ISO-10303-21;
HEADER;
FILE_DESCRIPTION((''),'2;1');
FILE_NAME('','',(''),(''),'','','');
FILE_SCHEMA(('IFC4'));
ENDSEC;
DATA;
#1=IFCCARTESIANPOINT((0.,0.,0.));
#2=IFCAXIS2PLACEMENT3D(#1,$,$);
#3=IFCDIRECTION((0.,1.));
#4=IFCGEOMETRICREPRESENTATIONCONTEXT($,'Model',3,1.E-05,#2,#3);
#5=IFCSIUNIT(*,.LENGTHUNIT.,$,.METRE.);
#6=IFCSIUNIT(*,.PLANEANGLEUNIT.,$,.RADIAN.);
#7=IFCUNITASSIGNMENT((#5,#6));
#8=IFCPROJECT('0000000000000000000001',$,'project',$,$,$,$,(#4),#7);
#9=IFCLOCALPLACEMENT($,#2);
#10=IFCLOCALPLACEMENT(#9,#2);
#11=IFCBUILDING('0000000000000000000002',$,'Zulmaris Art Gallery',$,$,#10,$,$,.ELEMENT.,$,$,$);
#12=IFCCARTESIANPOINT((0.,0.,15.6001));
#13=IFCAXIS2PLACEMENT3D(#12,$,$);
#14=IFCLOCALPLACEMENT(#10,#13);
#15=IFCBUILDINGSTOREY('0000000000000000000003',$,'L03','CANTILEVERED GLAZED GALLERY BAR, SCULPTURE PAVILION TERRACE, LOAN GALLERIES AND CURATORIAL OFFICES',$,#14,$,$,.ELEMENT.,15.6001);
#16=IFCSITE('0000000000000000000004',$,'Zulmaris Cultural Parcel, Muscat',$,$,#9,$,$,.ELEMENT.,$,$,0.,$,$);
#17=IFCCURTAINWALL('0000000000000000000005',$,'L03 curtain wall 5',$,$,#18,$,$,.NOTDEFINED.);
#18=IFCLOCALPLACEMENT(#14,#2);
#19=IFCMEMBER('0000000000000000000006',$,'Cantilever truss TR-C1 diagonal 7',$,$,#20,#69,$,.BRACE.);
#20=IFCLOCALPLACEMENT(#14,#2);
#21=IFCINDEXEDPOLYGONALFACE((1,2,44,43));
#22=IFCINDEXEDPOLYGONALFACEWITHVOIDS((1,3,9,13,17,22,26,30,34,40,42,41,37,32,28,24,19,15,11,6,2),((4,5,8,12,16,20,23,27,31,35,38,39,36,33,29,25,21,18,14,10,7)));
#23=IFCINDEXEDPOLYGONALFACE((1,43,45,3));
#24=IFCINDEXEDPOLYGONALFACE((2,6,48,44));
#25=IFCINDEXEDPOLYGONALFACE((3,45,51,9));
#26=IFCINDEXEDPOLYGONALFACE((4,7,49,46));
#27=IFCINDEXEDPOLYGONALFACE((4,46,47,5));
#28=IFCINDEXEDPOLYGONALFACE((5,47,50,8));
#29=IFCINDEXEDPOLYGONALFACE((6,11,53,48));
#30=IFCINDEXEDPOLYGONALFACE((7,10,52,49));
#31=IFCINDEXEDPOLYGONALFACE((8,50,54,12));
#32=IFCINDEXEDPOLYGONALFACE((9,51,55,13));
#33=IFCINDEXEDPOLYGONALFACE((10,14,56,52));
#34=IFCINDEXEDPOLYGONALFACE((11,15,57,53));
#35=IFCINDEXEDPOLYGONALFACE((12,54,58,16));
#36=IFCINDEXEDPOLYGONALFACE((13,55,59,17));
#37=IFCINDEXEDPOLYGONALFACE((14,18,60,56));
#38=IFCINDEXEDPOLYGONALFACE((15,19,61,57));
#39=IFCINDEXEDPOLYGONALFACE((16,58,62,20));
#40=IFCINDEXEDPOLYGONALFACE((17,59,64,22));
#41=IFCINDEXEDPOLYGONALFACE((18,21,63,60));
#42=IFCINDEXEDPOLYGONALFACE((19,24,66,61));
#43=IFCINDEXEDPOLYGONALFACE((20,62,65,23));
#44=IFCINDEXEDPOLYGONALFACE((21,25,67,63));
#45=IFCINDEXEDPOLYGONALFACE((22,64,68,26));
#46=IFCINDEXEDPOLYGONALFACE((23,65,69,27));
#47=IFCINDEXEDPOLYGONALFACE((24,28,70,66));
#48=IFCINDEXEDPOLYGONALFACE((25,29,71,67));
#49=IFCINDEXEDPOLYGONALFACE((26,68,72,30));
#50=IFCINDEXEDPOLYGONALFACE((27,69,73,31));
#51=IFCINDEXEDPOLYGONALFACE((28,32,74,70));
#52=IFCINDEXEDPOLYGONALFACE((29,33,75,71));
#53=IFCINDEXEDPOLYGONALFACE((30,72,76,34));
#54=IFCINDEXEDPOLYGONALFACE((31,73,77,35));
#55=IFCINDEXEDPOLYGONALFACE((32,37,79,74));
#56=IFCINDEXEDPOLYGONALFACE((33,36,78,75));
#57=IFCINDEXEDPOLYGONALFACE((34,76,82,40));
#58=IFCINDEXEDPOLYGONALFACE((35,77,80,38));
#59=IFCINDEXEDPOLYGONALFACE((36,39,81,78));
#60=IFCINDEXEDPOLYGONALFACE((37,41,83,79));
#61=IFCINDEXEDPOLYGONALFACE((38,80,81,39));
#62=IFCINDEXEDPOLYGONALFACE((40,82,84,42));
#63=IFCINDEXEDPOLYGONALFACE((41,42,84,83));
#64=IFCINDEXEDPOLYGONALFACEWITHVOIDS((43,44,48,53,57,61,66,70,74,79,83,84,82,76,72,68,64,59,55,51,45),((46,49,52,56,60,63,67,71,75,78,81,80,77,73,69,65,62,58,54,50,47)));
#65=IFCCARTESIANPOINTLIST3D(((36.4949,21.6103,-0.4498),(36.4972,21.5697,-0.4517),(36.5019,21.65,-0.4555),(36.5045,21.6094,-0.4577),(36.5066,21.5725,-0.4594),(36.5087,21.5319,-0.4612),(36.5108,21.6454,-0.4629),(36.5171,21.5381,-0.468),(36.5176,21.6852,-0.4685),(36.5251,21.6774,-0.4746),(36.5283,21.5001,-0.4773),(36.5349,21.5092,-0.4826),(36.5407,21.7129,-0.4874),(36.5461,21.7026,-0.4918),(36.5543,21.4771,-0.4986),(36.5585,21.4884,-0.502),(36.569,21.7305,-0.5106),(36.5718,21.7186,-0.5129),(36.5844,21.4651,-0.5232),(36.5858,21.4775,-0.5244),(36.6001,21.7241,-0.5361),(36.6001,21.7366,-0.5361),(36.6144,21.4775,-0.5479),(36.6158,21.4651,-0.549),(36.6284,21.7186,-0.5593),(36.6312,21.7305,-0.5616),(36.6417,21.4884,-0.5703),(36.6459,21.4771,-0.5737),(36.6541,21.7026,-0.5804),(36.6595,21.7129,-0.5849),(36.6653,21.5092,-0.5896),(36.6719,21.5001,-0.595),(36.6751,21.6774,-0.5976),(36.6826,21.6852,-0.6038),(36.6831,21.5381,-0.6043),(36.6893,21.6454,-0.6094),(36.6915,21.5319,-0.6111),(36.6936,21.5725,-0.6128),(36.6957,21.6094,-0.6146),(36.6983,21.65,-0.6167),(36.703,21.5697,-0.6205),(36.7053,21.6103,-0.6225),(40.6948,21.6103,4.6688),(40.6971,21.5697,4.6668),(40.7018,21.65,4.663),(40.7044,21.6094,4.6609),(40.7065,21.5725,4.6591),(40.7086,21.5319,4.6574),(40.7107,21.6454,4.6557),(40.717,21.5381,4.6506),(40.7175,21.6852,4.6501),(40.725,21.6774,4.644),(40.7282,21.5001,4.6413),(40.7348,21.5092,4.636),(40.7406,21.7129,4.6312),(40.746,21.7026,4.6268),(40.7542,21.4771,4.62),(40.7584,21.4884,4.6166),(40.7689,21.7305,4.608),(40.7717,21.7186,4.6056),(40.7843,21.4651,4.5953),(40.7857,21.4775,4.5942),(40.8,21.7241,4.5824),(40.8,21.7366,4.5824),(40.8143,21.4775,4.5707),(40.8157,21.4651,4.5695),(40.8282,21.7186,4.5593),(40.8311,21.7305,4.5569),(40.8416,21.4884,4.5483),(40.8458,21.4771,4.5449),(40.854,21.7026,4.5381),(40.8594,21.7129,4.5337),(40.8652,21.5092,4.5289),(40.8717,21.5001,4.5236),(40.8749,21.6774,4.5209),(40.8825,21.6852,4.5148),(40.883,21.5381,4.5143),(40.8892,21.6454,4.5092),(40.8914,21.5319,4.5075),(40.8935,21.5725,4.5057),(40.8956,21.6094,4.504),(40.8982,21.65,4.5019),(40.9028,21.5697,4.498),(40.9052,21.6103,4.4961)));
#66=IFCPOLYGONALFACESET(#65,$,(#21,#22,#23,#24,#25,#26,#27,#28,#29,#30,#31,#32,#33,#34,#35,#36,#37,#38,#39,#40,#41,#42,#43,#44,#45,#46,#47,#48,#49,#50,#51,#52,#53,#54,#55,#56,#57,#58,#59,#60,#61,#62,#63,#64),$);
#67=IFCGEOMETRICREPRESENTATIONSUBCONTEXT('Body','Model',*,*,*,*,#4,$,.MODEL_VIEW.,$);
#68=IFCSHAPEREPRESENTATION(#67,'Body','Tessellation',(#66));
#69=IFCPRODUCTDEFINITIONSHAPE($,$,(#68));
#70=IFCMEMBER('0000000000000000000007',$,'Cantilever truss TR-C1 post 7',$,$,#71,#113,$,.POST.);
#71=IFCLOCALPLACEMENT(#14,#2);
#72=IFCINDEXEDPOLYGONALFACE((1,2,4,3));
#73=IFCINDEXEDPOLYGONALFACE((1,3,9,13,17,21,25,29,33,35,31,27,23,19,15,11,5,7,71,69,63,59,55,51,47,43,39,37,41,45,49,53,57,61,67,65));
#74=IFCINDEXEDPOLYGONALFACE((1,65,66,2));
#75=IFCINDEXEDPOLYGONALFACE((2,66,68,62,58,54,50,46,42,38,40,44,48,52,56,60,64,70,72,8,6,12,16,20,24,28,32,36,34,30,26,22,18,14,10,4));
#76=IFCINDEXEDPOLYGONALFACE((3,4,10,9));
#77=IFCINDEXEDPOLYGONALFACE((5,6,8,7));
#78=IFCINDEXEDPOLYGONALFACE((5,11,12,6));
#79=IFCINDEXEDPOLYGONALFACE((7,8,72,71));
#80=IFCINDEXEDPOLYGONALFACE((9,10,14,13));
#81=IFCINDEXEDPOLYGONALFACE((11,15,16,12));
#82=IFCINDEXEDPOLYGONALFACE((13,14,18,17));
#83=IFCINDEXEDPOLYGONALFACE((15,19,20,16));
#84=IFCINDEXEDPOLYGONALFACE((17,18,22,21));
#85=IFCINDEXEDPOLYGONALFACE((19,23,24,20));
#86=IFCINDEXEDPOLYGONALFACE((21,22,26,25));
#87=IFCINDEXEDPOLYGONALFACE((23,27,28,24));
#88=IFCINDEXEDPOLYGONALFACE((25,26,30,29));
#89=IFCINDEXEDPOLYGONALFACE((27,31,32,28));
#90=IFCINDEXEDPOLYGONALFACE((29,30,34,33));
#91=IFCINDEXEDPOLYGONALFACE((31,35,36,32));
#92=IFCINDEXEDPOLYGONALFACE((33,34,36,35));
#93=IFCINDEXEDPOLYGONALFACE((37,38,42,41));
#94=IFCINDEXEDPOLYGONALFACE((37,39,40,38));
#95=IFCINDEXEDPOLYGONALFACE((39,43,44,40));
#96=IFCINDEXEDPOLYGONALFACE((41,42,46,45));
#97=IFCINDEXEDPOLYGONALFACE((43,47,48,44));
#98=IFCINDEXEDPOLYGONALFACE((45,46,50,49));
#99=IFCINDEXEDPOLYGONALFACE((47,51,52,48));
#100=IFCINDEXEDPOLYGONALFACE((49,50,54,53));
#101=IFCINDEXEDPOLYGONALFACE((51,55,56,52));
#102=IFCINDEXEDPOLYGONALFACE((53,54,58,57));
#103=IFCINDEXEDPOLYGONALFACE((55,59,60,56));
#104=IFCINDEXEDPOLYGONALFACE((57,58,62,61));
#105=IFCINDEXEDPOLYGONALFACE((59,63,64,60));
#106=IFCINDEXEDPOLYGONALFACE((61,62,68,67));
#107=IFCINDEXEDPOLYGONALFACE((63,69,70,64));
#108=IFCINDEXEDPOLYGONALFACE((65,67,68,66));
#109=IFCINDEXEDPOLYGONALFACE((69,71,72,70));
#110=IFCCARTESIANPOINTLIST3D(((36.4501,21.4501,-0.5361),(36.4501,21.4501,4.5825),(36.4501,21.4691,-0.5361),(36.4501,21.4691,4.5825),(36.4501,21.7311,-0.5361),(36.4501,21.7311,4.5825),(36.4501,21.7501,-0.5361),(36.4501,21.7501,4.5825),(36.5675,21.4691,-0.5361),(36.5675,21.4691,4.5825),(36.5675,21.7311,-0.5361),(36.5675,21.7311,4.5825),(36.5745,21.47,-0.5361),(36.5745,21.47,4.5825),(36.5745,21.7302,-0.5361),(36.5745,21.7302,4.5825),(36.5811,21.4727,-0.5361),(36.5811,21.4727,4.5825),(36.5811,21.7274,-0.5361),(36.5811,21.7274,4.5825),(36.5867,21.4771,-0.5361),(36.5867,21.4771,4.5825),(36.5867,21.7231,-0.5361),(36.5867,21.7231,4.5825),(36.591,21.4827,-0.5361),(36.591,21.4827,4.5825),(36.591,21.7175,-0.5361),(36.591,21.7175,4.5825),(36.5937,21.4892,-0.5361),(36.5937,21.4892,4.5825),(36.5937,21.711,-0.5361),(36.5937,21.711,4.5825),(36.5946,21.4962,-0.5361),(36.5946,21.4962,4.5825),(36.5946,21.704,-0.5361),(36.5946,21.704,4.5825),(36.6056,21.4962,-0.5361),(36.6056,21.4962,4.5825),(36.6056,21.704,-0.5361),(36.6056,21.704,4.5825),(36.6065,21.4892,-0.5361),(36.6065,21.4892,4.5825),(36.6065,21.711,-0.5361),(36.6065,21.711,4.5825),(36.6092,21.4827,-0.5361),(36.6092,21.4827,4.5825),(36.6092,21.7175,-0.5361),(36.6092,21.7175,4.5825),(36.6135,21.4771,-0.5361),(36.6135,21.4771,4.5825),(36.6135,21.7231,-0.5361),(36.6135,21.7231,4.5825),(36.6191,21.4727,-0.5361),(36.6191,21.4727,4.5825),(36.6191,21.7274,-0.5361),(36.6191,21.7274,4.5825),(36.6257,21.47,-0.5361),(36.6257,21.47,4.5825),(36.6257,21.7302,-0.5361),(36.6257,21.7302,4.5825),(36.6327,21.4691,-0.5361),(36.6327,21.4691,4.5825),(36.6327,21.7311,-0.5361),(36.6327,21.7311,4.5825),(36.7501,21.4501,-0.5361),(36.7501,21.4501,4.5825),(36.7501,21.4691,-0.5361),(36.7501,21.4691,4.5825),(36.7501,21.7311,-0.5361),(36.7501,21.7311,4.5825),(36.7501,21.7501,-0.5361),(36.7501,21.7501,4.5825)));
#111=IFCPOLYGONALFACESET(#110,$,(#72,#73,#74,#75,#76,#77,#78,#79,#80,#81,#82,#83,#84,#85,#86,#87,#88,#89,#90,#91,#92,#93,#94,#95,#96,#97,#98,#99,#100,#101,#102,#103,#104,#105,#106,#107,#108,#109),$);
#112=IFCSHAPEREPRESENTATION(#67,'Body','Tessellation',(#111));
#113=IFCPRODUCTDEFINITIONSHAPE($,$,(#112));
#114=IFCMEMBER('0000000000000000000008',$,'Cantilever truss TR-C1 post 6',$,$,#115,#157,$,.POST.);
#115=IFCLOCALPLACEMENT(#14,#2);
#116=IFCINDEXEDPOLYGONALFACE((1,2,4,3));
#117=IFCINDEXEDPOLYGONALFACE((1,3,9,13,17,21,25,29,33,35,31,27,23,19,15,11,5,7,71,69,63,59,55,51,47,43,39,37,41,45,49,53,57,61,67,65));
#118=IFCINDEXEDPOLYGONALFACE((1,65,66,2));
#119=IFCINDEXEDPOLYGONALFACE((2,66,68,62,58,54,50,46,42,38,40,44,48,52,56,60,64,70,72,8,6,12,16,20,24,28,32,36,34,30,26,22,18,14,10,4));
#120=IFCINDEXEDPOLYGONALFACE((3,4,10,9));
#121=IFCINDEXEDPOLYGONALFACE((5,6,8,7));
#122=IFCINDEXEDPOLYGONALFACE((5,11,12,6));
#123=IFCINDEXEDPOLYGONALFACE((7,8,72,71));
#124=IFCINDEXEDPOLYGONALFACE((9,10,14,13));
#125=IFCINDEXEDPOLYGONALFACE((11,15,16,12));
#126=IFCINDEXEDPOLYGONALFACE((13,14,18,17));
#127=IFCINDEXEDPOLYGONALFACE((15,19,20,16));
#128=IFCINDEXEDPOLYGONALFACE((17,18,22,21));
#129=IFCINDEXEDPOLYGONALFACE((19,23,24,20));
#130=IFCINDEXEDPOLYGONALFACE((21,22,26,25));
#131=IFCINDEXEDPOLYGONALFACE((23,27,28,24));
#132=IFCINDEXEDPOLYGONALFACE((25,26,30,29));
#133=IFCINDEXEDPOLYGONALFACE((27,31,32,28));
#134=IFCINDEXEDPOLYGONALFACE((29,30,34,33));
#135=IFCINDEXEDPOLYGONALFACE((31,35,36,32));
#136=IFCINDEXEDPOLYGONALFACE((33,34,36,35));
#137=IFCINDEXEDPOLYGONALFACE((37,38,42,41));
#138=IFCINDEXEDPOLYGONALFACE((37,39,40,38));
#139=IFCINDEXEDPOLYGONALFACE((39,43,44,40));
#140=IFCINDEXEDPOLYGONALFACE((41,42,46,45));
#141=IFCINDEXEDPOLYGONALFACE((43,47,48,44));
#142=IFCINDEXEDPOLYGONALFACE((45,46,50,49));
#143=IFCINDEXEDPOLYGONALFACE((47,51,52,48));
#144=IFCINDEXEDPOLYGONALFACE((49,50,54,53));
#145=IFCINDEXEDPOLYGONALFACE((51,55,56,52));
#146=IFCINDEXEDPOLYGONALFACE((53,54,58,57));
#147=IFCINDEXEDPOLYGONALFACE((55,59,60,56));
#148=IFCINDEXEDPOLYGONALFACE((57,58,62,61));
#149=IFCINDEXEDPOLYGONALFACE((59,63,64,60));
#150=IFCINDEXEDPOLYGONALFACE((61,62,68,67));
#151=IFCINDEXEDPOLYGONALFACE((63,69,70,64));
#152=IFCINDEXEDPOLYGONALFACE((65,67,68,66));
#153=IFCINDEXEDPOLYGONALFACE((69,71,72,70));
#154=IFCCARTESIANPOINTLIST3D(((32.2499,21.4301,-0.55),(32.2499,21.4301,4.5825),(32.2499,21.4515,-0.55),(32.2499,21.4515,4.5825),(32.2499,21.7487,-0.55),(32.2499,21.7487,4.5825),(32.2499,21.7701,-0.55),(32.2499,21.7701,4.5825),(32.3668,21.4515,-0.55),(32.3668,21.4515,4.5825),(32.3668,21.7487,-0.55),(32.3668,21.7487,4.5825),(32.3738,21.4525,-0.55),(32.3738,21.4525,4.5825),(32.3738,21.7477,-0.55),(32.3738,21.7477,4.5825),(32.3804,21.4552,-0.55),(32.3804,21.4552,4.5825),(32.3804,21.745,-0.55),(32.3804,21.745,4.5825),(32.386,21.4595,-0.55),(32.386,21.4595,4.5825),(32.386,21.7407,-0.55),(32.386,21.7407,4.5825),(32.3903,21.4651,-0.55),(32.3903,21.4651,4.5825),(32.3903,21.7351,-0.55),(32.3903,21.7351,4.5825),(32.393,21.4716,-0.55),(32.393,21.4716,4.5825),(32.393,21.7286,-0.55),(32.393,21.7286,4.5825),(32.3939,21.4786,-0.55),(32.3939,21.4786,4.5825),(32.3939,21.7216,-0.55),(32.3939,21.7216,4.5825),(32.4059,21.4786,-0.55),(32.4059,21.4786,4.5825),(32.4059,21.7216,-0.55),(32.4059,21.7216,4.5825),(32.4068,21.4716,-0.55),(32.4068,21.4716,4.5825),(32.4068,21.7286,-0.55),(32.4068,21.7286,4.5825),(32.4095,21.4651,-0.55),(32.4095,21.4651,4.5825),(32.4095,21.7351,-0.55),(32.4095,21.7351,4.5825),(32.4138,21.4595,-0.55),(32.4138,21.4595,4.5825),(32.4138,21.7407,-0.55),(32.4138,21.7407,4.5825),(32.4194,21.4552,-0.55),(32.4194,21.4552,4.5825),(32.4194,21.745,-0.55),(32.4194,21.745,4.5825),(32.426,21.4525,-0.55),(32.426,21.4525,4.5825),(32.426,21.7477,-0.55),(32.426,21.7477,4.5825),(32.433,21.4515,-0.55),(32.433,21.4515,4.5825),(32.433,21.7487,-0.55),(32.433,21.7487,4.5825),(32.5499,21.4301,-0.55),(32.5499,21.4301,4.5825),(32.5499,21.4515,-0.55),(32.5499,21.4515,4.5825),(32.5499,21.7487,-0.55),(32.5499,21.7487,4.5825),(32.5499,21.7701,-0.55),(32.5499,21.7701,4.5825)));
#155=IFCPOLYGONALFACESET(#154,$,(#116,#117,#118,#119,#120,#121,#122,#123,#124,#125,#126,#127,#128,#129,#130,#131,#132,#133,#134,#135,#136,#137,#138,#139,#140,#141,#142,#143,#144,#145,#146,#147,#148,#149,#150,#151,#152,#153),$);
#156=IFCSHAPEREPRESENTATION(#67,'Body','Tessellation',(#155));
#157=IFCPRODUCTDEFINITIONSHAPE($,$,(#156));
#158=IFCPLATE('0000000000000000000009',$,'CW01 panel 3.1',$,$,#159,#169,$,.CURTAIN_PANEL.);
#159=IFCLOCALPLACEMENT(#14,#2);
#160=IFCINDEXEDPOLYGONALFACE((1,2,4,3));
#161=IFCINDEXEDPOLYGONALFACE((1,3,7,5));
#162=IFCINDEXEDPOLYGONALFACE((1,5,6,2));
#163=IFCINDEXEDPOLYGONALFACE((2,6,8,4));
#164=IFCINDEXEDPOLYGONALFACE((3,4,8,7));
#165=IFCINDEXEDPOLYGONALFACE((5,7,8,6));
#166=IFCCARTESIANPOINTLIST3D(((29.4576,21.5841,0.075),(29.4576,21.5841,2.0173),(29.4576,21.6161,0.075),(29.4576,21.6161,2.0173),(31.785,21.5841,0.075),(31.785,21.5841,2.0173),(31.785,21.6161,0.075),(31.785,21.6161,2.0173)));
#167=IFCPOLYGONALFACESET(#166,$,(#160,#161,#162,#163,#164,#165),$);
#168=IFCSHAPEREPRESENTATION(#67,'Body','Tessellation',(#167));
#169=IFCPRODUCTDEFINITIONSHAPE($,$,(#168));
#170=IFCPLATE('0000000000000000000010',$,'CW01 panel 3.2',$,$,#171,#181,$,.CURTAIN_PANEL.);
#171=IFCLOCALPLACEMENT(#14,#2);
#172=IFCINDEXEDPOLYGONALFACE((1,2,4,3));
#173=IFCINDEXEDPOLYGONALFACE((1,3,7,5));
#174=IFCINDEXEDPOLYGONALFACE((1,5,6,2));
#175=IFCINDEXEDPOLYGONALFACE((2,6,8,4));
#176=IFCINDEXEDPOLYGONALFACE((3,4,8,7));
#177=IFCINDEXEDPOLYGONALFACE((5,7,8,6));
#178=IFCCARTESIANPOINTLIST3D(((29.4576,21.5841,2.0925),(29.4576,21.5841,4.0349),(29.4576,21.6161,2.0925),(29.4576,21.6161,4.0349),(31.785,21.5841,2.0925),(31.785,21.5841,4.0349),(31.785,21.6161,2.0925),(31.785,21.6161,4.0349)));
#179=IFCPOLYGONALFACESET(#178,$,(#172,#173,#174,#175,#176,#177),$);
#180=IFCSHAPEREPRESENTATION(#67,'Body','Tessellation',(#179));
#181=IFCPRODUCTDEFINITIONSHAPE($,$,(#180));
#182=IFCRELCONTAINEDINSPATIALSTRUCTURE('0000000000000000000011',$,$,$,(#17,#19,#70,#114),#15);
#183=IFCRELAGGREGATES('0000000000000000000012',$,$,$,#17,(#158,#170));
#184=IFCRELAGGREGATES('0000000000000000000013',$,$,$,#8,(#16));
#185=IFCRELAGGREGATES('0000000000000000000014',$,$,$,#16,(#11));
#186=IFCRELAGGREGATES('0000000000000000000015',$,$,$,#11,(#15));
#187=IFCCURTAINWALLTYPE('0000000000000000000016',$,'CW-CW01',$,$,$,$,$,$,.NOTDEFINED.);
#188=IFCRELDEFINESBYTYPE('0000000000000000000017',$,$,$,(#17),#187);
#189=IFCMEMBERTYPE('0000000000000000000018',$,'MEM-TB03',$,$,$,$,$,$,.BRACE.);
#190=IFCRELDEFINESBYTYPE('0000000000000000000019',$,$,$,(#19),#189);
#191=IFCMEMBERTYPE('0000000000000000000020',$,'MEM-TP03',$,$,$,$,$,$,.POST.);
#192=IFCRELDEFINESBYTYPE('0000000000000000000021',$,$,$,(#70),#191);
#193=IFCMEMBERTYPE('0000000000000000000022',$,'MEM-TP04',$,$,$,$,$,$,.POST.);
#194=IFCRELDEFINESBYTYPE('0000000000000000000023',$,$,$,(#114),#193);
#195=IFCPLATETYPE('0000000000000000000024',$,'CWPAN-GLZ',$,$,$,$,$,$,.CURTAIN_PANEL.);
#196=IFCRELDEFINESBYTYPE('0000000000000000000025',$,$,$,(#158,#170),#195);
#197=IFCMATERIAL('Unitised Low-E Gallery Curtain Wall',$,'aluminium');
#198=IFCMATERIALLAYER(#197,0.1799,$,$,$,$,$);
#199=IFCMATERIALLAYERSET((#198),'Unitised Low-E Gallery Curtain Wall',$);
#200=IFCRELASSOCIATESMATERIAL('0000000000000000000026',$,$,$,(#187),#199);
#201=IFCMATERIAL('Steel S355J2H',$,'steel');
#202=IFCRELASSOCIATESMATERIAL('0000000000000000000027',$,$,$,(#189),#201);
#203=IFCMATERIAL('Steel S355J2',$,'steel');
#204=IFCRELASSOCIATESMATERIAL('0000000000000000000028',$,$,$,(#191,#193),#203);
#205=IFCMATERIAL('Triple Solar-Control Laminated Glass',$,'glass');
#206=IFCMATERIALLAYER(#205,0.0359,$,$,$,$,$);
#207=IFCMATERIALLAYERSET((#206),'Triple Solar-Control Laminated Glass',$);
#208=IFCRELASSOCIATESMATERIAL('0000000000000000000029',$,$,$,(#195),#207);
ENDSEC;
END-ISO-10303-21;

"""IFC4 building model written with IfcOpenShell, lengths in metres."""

from ifc_helpers import new_model, si_unit, direction, frame, origin, origin_2d, place, context, subcontext, project, spatial, rectangle, hollow_circle, i_section, extrude, material, layer, layer_set, material_profile, profile_set, type_object, element, aggregate, save


model = new_model("IFC4")

# Units and contexts
model_context = context("Model", 3, precision=1e-05, world=origin(), true_north=direction((0.0, 1.0)))
body_context = subcontext(model_context, "Body", "Model", "MODEL_VIEW")
ifc_project = project(units=[si_unit("LENGTHUNIT", "METRE"), si_unit("PLANEANGLEUNIT", "RADIAN")], contexts=[model_context])

# Site, building, storey
site_placement = place(None, origin())
site = spatial("IfcSite", under=ifc_project, at=site_placement, Name="Zulmaris Cultural Parcel, Muscat", CompositionType="ELEMENT", RefElevation=0.0)
building_placement = place(site_placement, origin())
building = spatial("IfcBuilding", under=site, at=building_placement, Name="Zulmaris Art Gallery", CompositionType="ELEMENT")
storey_placement = place(building_placement, frame((0.0, 0.0, 15.6001)))
storey = spatial("IfcBuildingStorey", under=building, at=storey_placement, Name="L03", Description="CANTILEVERED GLAZED GALLERY BAR, SCULPTURE PAVILION TERRACE, LOAN GALLERIES AND CURATORIAL OFFICES", CompositionType="ELEMENT", Elevation=15.6001)

# Shared definitions
ifc_material_1 = material(Name="Steel S355J2", Category="steel")

# Curtain wall
ifc_material_2 = material(Name="Unitised Low-E Gallery Curtain Wall", Category="aluminium")
ifc_layer_1 = layer(ifc_material_2, 0.1799)
ifc_layer_set_1 = layer_set([ifc_layer_1], Name="Unitised Low-E Gallery Curtain Wall")
curtain_wall_type_1 = type_object("IfcCurtainWallType", Name="CW-CW01", PredefinedType="NOTDEFINED", material=ifc_layer_set_1)
curtain_wall_1_placement = place(storey_placement, origin())
curtain_wall_1 = element("IfcCurtainWall", 1, at=curtain_wall_1_placement, inside=storey, type_object=curtain_wall_type_1, Name="L03 curtain wall 5", PredefinedType="NOTDEFINED")

# Members
ifc_material_3 = material(Name="Steel S355J2H", Category="steel")
ifc_material_profile_1 = material_profile(ifc_material_3, hollow_circle(Radius=0.1365, WallThickness=0.0125, at=origin_2d()), Name="CHS 273x12.5")
ifc_profile_set_1 = profile_set([ifc_material_profile_1], Name="Steel S355J2H")
member_type_1 = type_object("IfcMemberType", Name="MEM-TB03", PredefinedType="BRACE", material=ifc_profile_set_1)
member_1_placement = place(storey_placement, frame((36.6001, 21.6001, -0.5361), z_axis=(0.634319, 0.0, 0.773071), x_axis=(0.0, 1.0, 0.0)))
element("IfcMember", 2, at=member_1_placement, inside=storey, type_object=member_type_1, Name="Cantilever truss TR-C1 diagonal 7", PredefinedType="BRACE", context=body_context, shape_type="SweptSolid", body=[
    extrude(hollow_circle(Radius=0.1365, WallThickness=0.0125, at=origin_2d()), origin(), (0.0, 0.0, 1.0), 6.6211),
])
ifc_material_profile_2 = material_profile(ifc_material_1, i_section(OverallWidth=0.3, OverallDepth=0.3, WebThickness=0.011, FlangeThickness=0.019, FilletRadius=0.0271, at=origin_2d()), Name="HEB 300")
ifc_profile_set_2 = profile_set([ifc_material_profile_2], Name="Steel S355J2")
member_type_2 = type_object("IfcMemberType", Name="MEM-TP03", PredefinedType="POST", material=ifc_profile_set_2)
member_2_placement = place(storey_placement, frame((36.6001, 21.6001, -0.5361), z_axis=(0.0, 0.0, 1.0), x_axis=(1.0, 0.0, 0.0)))
element("IfcMember", 3, at=member_2_placement, inside=storey, type_object=member_type_2, Name="Cantilever truss TR-C1 post 7", PredefinedType="POST", context=body_context, shape_type="SweptSolid", body=[
    extrude(i_section(OverallWidth=0.3, OverallDepth=0.3, WebThickness=0.011, FlangeThickness=0.019, FilletRadius=0.0271, at=origin_2d()), origin(), (0.0, 0.0, 1.0), 5.1187),
])
ifc_material_profile_3 = material_profile(ifc_material_1, i_section(OverallWidth=0.3, OverallDepth=0.3401, WebThickness=0.012, FlangeThickness=0.0215, FilletRadius=0.0271, at=origin_2d()), Name="HEB 340")
ifc_profile_set_3 = profile_set([ifc_material_profile_3], Name="Steel S355J2")
member_type_3 = type_object("IfcMemberType", Name="MEM-TP04", PredefinedType="POST", material=ifc_profile_set_3)
member_3_placement = place(storey_placement, frame((32.3999, 21.6001, -0.55), z_axis=(0.0, 0.0, 1.0), x_axis=(1.0, 0.0, 0.0)))
element("IfcMember", 4, at=member_3_placement, inside=storey, type_object=member_type_3, Name="Cantilever truss TR-C1 post 6", PredefinedType="POST", context=body_context, shape_type="SweptSolid", body=[
    extrude(i_section(OverallWidth=0.3, OverallDepth=0.3401, WebThickness=0.012, FlangeThickness=0.0215, FilletRadius=0.0271, at=origin_2d()), origin(), (0.0, 0.0, 1.0), 5.1326),
])

# Plates
ifc_material_4 = material(Name="Triple Solar-Control Laminated Glass", Category="glass")
ifc_layer_2 = layer(ifc_material_4, 0.0359)
ifc_layer_set_2 = layer_set([ifc_layer_2], Name="Triple Solar-Control Laminated Glass")
plate_type_1 = type_object("IfcPlateType", Name="CWPAN-GLZ", PredefinedType="CURTAIN_PANEL", material=ifc_layer_set_2)
plate_1_placement = place(storey_placement, frame((30.6213, 21.6001, 0.075), z_axis=(0.0, 0.0, 1.0), x_axis=(1.0, 0.0, 0.0)))
plate_1 = element("IfcPlate", 5, at=plate_1_placement, type_object=plate_type_1, Name="CW01 panel 3.1", PredefinedType="CURTAIN_PANEL", context=body_context, shape_type="SweptSolid", body=[
    extrude(rectangle(XDim=2.3274, YDim=0.032, at=origin_2d()), origin(), (0.0, 0.0, 1.0), 1.9424),
])
plate_2_placement = place(storey_placement, frame((30.6213, 21.6001, 2.0925), z_axis=(0.0, 0.0, 1.0), x_axis=(1.0, 0.0, 0.0)))
plate_2 = element("IfcPlate", 6, at=plate_2_placement, type_object=plate_type_1, Name="CW01 panel 3.2", PredefinedType="CURTAIN_PANEL", context=body_context, shape_type="SweptSolid", body=[
    extrude(rectangle(XDim=2.3274, YDim=0.032, at=origin_2d()), origin(), (0.0, 0.0, 1.0), 1.9424),
])
aggregate(curtain_wall_1, [plate_1, plate_2])

save(model, "model.ifc")
